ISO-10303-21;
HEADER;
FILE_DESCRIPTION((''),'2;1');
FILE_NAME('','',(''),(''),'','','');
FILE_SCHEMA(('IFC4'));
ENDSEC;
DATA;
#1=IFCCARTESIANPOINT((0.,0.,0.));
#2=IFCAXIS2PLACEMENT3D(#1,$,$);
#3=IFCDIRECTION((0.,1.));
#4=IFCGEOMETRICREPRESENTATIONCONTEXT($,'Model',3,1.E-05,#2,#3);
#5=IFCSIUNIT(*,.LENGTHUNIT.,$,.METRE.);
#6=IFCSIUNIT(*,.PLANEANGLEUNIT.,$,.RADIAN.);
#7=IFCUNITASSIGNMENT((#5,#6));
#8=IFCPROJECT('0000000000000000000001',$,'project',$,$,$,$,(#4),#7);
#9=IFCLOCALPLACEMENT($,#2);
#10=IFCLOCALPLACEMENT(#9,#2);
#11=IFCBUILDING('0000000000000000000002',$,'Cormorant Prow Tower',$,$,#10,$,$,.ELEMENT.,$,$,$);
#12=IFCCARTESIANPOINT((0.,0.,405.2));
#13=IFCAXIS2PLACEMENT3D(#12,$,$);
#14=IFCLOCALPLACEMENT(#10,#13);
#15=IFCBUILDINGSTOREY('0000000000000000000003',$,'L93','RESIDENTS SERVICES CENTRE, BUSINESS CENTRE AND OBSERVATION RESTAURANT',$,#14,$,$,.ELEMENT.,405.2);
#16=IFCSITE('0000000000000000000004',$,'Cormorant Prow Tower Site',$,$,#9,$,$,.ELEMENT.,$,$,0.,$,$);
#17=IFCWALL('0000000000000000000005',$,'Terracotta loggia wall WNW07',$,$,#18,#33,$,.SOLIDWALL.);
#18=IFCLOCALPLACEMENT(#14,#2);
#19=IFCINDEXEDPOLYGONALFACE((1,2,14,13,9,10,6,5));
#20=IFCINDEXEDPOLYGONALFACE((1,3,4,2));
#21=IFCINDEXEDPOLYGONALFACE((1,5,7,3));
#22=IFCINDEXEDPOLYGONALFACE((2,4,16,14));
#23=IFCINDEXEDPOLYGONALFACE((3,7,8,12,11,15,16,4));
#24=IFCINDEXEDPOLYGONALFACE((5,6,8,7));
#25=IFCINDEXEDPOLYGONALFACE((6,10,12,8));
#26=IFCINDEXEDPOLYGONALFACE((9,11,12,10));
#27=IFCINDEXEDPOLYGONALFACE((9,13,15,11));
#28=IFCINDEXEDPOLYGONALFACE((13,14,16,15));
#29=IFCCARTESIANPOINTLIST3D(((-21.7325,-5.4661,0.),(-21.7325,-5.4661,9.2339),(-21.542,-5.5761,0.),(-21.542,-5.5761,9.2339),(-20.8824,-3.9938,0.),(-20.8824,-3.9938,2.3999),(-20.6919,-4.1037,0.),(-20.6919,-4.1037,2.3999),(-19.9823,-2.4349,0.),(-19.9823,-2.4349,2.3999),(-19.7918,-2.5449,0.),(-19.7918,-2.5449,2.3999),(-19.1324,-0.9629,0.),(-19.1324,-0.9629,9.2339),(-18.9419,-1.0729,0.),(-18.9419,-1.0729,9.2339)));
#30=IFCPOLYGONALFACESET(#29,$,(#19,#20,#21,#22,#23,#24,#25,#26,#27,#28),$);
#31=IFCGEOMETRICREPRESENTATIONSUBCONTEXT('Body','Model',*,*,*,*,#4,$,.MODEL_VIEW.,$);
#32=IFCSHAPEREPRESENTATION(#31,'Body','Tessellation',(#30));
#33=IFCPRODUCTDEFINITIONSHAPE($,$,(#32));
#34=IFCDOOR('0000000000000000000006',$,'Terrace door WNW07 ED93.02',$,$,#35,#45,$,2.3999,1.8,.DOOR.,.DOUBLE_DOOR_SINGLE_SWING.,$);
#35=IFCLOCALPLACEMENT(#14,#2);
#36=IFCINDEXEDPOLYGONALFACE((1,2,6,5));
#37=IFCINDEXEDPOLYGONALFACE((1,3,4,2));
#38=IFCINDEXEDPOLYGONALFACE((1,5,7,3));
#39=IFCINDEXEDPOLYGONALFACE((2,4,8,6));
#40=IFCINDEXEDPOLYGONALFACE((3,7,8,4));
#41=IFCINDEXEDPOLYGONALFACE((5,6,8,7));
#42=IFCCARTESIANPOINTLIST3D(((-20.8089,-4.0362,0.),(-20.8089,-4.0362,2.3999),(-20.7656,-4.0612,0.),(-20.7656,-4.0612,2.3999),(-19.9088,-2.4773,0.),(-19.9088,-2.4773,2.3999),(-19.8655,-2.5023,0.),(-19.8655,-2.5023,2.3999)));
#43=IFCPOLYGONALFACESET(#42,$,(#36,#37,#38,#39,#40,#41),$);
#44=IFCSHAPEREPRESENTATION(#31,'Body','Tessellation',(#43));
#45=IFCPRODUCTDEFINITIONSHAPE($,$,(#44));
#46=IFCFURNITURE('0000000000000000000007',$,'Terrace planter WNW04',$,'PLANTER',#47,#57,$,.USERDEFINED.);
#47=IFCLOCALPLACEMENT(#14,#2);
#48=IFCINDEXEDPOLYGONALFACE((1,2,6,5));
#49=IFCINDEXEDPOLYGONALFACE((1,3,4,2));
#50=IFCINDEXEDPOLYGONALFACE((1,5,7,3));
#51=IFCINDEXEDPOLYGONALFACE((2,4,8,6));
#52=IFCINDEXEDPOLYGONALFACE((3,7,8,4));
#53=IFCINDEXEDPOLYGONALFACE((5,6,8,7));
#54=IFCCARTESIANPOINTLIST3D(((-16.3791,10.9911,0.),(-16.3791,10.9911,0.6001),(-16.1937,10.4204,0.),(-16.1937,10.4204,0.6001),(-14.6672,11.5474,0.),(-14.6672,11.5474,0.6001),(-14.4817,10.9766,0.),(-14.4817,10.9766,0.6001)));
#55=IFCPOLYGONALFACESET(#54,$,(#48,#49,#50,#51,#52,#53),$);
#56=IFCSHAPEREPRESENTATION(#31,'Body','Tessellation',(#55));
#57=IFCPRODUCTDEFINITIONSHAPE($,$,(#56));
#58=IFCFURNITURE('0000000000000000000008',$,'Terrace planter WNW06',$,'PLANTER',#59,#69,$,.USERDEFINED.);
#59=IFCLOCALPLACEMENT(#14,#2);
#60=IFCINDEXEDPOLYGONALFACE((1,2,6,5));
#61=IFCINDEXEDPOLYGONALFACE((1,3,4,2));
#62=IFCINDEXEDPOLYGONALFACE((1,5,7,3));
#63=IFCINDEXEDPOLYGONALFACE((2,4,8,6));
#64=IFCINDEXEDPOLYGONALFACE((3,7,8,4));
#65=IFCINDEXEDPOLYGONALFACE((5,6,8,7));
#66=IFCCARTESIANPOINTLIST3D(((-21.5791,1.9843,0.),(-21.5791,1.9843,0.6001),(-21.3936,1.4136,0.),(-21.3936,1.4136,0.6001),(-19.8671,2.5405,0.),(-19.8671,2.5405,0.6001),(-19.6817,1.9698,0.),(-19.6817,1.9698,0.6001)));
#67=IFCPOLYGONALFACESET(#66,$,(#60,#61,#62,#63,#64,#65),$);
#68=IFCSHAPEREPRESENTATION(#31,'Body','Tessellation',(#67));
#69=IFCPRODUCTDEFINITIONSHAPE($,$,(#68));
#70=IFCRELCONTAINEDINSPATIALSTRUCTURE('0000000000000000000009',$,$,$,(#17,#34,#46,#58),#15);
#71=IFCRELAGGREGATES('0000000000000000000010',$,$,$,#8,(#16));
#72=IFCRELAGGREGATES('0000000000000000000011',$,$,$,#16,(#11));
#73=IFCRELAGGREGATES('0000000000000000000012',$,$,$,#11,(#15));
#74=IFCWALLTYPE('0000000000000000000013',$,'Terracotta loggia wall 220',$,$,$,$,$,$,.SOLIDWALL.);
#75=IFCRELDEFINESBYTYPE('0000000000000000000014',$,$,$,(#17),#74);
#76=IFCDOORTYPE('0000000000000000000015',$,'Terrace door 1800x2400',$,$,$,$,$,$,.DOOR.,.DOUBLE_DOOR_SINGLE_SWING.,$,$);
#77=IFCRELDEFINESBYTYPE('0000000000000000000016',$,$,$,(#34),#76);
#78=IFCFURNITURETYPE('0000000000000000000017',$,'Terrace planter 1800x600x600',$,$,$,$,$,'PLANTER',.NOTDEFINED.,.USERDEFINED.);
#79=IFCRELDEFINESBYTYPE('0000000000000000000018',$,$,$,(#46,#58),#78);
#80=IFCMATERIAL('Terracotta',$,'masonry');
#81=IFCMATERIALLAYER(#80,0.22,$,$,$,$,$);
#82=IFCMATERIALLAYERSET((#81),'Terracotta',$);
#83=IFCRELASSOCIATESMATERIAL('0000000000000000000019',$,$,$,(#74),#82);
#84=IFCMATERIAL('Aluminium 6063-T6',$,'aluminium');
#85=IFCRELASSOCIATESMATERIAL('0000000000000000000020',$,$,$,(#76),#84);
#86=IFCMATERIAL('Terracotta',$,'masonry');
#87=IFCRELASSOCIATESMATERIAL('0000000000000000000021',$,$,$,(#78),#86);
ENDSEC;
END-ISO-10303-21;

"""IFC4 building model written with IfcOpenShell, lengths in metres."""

from ifc_helpers import new_model, si_unit, direction, frame, frame_2d, origin, origin_2d, place, context, subcontext, project, spatial, rectangle, extrude, material, layer, layer_set, type_object, element, fill, save


model = new_model("IFC4")

# Units and contexts
model_context = context("Model", 3, precision=1e-05, world=origin(), true_north=direction((0.0, 1.0)))
body_context = subcontext(model_context, "Body", "Model", "MODEL_VIEW")
ifc_project = project(units=[si_unit("LENGTHUNIT", "METRE"), si_unit("PLANEANGLEUNIT", "RADIAN")], contexts=[model_context])

# Site, building, storey
site_placement = place(None, origin())
site = spatial("IfcSite", under=ifc_project, at=site_placement, Name="Cormorant Prow Tower Site", CompositionType="ELEMENT", RefElevation=0.0)
building_placement = place(site_placement, origin())
building = spatial("IfcBuilding", under=site, at=building_placement, Name="Cormorant Prow Tower", CompositionType="ELEMENT")
storey_placement = place(building_placement, frame((0.0, 0.0, 405.2)))
storey = spatial("IfcBuildingStorey", under=building, at=storey_placement, Name="L93", Description="RESIDENTS SERVICES CENTRE, BUSINESS CENTRE AND OBSERVATION RESTAURANT", CompositionType="ELEMENT", Elevation=405.2)

# Wall, opening, door
ifc_material_1 = material(Name="Terracotta", Category="masonry")
ifc_layer_1 = layer(ifc_material_1, 0.22)
ifc_layer_set_1 = layer_set([ifc_layer_1], Name="Terracotta")
wall_type = type_object("IfcWallType", Name="Terracotta loggia wall 220", PredefinedType="SOLIDWALL", material=ifc_layer_set_1)
wall_placement = place(storey_placement, frame((-19.0371, -1.0178, 0.0), z_axis=(0.0, 0.0, 1.0), x_axis=(-0.500027, -0.86601, 0.0)))
wall = element("IfcWall", 1, at=wall_placement, inside=storey, type_object=wall_type, Name="Terracotta loggia wall WNW07", PredefinedType="SOLIDWALL", context=body_context, shape_type="SweptSolid", body=[
    extrude(rectangle(XDim=5.2, YDim=0.22, at=frame_2d((2.6001, 0.0))), origin(), (0.0, 0.0, 1.0), 9.2339),
])
opening_placement = place(wall_placement, frame((1.7, 0.0, 0.0)))
opening = element("IfcOpeningElement", 2, at=opening_placement, cuts=wall, PredefinedType="OPENING", context=body_context, shape_type="SweptSolid", body=[
    extrude(rectangle(XDim=1.8, YDim=2.3999, at=frame_2d((0.8999, 1.2))), frame((0.0, 0.1199, 0.0), z_axis=(0.0, -1.0, 0.0), x_axis=(1.0, 0.0, 0.0)), (0.0, 0.0, 1.0), 0.24),
])
ifc_material_2 = material(Name="Aluminium 6063-T6", Category="aluminium")
door_type = type_object("IfcDoorType", Name="Terrace door 1800x2400", OperationType="DOUBLE_DOOR_SINGLE_SWING", PredefinedType="DOOR", material=ifc_material_2)
door_placement = place(opening_placement, origin())
door = element("IfcDoor", 3, at=door_placement, inside=storey, type_object=door_type, Name="Terrace door WNW07 ED93.02", OperationType="DOUBLE_DOOR_SINGLE_SWING", OverallHeight=2.3999, OverallWidth=1.8, PredefinedType="DOOR", context=body_context, shape_type="SweptSolid", body=[
    extrude(rectangle(XDim=1.8, YDim=2.3999, at=frame_2d((0.8999, 1.2))), frame((0.0, 0.0249, 0.0), z_axis=(0.0, -1.0, 0.0), x_axis=(1.0, 0.0, 0.0)), (0.0, 0.0, 1.0), 0.05),
])
fill(opening, door)

# Furniture
ifc_material_3 = material(Name="Terracotta", Category="masonry")
furniture_type = type_object("IfcFurnitureType", Name="Terrace planter 1800x600x600", ElementType="PLANTER", AssemblyPlace="NOTDEFINED", PredefinedType="USERDEFINED", material=ifc_material_3)
for number, where, z_axis, x_axis, name in (
    (4, (-15.4304, 10.9839, 0.0), (0.0, 0.0, 1.0), (-0.951056, -0.309017, 0.0), "Terrace planter WNW04"),
    (5, (-20.6304, 1.9771, 0.0), (0.0, 0.0, 1.0), (-0.951056, -0.309017, 0.0), "Terrace planter WNW06"),
):
    element("IfcFurniture", number, at=place(storey_placement, frame(where, z_axis=z_axis, x_axis=x_axis)), inside=storey, type_object=furniture_type, Name=name, ObjectType="PLANTER", PredefinedType="USERDEFINED", context=body_context, shape_type="SweptSolid", body=[
        extrude(rectangle(XDim=1.8, YDim=0.6001, at=origin_2d()), origin(), (0.0, 0.0, 1.0), 0.6001),
    ])

save(model, "model.ifc")
